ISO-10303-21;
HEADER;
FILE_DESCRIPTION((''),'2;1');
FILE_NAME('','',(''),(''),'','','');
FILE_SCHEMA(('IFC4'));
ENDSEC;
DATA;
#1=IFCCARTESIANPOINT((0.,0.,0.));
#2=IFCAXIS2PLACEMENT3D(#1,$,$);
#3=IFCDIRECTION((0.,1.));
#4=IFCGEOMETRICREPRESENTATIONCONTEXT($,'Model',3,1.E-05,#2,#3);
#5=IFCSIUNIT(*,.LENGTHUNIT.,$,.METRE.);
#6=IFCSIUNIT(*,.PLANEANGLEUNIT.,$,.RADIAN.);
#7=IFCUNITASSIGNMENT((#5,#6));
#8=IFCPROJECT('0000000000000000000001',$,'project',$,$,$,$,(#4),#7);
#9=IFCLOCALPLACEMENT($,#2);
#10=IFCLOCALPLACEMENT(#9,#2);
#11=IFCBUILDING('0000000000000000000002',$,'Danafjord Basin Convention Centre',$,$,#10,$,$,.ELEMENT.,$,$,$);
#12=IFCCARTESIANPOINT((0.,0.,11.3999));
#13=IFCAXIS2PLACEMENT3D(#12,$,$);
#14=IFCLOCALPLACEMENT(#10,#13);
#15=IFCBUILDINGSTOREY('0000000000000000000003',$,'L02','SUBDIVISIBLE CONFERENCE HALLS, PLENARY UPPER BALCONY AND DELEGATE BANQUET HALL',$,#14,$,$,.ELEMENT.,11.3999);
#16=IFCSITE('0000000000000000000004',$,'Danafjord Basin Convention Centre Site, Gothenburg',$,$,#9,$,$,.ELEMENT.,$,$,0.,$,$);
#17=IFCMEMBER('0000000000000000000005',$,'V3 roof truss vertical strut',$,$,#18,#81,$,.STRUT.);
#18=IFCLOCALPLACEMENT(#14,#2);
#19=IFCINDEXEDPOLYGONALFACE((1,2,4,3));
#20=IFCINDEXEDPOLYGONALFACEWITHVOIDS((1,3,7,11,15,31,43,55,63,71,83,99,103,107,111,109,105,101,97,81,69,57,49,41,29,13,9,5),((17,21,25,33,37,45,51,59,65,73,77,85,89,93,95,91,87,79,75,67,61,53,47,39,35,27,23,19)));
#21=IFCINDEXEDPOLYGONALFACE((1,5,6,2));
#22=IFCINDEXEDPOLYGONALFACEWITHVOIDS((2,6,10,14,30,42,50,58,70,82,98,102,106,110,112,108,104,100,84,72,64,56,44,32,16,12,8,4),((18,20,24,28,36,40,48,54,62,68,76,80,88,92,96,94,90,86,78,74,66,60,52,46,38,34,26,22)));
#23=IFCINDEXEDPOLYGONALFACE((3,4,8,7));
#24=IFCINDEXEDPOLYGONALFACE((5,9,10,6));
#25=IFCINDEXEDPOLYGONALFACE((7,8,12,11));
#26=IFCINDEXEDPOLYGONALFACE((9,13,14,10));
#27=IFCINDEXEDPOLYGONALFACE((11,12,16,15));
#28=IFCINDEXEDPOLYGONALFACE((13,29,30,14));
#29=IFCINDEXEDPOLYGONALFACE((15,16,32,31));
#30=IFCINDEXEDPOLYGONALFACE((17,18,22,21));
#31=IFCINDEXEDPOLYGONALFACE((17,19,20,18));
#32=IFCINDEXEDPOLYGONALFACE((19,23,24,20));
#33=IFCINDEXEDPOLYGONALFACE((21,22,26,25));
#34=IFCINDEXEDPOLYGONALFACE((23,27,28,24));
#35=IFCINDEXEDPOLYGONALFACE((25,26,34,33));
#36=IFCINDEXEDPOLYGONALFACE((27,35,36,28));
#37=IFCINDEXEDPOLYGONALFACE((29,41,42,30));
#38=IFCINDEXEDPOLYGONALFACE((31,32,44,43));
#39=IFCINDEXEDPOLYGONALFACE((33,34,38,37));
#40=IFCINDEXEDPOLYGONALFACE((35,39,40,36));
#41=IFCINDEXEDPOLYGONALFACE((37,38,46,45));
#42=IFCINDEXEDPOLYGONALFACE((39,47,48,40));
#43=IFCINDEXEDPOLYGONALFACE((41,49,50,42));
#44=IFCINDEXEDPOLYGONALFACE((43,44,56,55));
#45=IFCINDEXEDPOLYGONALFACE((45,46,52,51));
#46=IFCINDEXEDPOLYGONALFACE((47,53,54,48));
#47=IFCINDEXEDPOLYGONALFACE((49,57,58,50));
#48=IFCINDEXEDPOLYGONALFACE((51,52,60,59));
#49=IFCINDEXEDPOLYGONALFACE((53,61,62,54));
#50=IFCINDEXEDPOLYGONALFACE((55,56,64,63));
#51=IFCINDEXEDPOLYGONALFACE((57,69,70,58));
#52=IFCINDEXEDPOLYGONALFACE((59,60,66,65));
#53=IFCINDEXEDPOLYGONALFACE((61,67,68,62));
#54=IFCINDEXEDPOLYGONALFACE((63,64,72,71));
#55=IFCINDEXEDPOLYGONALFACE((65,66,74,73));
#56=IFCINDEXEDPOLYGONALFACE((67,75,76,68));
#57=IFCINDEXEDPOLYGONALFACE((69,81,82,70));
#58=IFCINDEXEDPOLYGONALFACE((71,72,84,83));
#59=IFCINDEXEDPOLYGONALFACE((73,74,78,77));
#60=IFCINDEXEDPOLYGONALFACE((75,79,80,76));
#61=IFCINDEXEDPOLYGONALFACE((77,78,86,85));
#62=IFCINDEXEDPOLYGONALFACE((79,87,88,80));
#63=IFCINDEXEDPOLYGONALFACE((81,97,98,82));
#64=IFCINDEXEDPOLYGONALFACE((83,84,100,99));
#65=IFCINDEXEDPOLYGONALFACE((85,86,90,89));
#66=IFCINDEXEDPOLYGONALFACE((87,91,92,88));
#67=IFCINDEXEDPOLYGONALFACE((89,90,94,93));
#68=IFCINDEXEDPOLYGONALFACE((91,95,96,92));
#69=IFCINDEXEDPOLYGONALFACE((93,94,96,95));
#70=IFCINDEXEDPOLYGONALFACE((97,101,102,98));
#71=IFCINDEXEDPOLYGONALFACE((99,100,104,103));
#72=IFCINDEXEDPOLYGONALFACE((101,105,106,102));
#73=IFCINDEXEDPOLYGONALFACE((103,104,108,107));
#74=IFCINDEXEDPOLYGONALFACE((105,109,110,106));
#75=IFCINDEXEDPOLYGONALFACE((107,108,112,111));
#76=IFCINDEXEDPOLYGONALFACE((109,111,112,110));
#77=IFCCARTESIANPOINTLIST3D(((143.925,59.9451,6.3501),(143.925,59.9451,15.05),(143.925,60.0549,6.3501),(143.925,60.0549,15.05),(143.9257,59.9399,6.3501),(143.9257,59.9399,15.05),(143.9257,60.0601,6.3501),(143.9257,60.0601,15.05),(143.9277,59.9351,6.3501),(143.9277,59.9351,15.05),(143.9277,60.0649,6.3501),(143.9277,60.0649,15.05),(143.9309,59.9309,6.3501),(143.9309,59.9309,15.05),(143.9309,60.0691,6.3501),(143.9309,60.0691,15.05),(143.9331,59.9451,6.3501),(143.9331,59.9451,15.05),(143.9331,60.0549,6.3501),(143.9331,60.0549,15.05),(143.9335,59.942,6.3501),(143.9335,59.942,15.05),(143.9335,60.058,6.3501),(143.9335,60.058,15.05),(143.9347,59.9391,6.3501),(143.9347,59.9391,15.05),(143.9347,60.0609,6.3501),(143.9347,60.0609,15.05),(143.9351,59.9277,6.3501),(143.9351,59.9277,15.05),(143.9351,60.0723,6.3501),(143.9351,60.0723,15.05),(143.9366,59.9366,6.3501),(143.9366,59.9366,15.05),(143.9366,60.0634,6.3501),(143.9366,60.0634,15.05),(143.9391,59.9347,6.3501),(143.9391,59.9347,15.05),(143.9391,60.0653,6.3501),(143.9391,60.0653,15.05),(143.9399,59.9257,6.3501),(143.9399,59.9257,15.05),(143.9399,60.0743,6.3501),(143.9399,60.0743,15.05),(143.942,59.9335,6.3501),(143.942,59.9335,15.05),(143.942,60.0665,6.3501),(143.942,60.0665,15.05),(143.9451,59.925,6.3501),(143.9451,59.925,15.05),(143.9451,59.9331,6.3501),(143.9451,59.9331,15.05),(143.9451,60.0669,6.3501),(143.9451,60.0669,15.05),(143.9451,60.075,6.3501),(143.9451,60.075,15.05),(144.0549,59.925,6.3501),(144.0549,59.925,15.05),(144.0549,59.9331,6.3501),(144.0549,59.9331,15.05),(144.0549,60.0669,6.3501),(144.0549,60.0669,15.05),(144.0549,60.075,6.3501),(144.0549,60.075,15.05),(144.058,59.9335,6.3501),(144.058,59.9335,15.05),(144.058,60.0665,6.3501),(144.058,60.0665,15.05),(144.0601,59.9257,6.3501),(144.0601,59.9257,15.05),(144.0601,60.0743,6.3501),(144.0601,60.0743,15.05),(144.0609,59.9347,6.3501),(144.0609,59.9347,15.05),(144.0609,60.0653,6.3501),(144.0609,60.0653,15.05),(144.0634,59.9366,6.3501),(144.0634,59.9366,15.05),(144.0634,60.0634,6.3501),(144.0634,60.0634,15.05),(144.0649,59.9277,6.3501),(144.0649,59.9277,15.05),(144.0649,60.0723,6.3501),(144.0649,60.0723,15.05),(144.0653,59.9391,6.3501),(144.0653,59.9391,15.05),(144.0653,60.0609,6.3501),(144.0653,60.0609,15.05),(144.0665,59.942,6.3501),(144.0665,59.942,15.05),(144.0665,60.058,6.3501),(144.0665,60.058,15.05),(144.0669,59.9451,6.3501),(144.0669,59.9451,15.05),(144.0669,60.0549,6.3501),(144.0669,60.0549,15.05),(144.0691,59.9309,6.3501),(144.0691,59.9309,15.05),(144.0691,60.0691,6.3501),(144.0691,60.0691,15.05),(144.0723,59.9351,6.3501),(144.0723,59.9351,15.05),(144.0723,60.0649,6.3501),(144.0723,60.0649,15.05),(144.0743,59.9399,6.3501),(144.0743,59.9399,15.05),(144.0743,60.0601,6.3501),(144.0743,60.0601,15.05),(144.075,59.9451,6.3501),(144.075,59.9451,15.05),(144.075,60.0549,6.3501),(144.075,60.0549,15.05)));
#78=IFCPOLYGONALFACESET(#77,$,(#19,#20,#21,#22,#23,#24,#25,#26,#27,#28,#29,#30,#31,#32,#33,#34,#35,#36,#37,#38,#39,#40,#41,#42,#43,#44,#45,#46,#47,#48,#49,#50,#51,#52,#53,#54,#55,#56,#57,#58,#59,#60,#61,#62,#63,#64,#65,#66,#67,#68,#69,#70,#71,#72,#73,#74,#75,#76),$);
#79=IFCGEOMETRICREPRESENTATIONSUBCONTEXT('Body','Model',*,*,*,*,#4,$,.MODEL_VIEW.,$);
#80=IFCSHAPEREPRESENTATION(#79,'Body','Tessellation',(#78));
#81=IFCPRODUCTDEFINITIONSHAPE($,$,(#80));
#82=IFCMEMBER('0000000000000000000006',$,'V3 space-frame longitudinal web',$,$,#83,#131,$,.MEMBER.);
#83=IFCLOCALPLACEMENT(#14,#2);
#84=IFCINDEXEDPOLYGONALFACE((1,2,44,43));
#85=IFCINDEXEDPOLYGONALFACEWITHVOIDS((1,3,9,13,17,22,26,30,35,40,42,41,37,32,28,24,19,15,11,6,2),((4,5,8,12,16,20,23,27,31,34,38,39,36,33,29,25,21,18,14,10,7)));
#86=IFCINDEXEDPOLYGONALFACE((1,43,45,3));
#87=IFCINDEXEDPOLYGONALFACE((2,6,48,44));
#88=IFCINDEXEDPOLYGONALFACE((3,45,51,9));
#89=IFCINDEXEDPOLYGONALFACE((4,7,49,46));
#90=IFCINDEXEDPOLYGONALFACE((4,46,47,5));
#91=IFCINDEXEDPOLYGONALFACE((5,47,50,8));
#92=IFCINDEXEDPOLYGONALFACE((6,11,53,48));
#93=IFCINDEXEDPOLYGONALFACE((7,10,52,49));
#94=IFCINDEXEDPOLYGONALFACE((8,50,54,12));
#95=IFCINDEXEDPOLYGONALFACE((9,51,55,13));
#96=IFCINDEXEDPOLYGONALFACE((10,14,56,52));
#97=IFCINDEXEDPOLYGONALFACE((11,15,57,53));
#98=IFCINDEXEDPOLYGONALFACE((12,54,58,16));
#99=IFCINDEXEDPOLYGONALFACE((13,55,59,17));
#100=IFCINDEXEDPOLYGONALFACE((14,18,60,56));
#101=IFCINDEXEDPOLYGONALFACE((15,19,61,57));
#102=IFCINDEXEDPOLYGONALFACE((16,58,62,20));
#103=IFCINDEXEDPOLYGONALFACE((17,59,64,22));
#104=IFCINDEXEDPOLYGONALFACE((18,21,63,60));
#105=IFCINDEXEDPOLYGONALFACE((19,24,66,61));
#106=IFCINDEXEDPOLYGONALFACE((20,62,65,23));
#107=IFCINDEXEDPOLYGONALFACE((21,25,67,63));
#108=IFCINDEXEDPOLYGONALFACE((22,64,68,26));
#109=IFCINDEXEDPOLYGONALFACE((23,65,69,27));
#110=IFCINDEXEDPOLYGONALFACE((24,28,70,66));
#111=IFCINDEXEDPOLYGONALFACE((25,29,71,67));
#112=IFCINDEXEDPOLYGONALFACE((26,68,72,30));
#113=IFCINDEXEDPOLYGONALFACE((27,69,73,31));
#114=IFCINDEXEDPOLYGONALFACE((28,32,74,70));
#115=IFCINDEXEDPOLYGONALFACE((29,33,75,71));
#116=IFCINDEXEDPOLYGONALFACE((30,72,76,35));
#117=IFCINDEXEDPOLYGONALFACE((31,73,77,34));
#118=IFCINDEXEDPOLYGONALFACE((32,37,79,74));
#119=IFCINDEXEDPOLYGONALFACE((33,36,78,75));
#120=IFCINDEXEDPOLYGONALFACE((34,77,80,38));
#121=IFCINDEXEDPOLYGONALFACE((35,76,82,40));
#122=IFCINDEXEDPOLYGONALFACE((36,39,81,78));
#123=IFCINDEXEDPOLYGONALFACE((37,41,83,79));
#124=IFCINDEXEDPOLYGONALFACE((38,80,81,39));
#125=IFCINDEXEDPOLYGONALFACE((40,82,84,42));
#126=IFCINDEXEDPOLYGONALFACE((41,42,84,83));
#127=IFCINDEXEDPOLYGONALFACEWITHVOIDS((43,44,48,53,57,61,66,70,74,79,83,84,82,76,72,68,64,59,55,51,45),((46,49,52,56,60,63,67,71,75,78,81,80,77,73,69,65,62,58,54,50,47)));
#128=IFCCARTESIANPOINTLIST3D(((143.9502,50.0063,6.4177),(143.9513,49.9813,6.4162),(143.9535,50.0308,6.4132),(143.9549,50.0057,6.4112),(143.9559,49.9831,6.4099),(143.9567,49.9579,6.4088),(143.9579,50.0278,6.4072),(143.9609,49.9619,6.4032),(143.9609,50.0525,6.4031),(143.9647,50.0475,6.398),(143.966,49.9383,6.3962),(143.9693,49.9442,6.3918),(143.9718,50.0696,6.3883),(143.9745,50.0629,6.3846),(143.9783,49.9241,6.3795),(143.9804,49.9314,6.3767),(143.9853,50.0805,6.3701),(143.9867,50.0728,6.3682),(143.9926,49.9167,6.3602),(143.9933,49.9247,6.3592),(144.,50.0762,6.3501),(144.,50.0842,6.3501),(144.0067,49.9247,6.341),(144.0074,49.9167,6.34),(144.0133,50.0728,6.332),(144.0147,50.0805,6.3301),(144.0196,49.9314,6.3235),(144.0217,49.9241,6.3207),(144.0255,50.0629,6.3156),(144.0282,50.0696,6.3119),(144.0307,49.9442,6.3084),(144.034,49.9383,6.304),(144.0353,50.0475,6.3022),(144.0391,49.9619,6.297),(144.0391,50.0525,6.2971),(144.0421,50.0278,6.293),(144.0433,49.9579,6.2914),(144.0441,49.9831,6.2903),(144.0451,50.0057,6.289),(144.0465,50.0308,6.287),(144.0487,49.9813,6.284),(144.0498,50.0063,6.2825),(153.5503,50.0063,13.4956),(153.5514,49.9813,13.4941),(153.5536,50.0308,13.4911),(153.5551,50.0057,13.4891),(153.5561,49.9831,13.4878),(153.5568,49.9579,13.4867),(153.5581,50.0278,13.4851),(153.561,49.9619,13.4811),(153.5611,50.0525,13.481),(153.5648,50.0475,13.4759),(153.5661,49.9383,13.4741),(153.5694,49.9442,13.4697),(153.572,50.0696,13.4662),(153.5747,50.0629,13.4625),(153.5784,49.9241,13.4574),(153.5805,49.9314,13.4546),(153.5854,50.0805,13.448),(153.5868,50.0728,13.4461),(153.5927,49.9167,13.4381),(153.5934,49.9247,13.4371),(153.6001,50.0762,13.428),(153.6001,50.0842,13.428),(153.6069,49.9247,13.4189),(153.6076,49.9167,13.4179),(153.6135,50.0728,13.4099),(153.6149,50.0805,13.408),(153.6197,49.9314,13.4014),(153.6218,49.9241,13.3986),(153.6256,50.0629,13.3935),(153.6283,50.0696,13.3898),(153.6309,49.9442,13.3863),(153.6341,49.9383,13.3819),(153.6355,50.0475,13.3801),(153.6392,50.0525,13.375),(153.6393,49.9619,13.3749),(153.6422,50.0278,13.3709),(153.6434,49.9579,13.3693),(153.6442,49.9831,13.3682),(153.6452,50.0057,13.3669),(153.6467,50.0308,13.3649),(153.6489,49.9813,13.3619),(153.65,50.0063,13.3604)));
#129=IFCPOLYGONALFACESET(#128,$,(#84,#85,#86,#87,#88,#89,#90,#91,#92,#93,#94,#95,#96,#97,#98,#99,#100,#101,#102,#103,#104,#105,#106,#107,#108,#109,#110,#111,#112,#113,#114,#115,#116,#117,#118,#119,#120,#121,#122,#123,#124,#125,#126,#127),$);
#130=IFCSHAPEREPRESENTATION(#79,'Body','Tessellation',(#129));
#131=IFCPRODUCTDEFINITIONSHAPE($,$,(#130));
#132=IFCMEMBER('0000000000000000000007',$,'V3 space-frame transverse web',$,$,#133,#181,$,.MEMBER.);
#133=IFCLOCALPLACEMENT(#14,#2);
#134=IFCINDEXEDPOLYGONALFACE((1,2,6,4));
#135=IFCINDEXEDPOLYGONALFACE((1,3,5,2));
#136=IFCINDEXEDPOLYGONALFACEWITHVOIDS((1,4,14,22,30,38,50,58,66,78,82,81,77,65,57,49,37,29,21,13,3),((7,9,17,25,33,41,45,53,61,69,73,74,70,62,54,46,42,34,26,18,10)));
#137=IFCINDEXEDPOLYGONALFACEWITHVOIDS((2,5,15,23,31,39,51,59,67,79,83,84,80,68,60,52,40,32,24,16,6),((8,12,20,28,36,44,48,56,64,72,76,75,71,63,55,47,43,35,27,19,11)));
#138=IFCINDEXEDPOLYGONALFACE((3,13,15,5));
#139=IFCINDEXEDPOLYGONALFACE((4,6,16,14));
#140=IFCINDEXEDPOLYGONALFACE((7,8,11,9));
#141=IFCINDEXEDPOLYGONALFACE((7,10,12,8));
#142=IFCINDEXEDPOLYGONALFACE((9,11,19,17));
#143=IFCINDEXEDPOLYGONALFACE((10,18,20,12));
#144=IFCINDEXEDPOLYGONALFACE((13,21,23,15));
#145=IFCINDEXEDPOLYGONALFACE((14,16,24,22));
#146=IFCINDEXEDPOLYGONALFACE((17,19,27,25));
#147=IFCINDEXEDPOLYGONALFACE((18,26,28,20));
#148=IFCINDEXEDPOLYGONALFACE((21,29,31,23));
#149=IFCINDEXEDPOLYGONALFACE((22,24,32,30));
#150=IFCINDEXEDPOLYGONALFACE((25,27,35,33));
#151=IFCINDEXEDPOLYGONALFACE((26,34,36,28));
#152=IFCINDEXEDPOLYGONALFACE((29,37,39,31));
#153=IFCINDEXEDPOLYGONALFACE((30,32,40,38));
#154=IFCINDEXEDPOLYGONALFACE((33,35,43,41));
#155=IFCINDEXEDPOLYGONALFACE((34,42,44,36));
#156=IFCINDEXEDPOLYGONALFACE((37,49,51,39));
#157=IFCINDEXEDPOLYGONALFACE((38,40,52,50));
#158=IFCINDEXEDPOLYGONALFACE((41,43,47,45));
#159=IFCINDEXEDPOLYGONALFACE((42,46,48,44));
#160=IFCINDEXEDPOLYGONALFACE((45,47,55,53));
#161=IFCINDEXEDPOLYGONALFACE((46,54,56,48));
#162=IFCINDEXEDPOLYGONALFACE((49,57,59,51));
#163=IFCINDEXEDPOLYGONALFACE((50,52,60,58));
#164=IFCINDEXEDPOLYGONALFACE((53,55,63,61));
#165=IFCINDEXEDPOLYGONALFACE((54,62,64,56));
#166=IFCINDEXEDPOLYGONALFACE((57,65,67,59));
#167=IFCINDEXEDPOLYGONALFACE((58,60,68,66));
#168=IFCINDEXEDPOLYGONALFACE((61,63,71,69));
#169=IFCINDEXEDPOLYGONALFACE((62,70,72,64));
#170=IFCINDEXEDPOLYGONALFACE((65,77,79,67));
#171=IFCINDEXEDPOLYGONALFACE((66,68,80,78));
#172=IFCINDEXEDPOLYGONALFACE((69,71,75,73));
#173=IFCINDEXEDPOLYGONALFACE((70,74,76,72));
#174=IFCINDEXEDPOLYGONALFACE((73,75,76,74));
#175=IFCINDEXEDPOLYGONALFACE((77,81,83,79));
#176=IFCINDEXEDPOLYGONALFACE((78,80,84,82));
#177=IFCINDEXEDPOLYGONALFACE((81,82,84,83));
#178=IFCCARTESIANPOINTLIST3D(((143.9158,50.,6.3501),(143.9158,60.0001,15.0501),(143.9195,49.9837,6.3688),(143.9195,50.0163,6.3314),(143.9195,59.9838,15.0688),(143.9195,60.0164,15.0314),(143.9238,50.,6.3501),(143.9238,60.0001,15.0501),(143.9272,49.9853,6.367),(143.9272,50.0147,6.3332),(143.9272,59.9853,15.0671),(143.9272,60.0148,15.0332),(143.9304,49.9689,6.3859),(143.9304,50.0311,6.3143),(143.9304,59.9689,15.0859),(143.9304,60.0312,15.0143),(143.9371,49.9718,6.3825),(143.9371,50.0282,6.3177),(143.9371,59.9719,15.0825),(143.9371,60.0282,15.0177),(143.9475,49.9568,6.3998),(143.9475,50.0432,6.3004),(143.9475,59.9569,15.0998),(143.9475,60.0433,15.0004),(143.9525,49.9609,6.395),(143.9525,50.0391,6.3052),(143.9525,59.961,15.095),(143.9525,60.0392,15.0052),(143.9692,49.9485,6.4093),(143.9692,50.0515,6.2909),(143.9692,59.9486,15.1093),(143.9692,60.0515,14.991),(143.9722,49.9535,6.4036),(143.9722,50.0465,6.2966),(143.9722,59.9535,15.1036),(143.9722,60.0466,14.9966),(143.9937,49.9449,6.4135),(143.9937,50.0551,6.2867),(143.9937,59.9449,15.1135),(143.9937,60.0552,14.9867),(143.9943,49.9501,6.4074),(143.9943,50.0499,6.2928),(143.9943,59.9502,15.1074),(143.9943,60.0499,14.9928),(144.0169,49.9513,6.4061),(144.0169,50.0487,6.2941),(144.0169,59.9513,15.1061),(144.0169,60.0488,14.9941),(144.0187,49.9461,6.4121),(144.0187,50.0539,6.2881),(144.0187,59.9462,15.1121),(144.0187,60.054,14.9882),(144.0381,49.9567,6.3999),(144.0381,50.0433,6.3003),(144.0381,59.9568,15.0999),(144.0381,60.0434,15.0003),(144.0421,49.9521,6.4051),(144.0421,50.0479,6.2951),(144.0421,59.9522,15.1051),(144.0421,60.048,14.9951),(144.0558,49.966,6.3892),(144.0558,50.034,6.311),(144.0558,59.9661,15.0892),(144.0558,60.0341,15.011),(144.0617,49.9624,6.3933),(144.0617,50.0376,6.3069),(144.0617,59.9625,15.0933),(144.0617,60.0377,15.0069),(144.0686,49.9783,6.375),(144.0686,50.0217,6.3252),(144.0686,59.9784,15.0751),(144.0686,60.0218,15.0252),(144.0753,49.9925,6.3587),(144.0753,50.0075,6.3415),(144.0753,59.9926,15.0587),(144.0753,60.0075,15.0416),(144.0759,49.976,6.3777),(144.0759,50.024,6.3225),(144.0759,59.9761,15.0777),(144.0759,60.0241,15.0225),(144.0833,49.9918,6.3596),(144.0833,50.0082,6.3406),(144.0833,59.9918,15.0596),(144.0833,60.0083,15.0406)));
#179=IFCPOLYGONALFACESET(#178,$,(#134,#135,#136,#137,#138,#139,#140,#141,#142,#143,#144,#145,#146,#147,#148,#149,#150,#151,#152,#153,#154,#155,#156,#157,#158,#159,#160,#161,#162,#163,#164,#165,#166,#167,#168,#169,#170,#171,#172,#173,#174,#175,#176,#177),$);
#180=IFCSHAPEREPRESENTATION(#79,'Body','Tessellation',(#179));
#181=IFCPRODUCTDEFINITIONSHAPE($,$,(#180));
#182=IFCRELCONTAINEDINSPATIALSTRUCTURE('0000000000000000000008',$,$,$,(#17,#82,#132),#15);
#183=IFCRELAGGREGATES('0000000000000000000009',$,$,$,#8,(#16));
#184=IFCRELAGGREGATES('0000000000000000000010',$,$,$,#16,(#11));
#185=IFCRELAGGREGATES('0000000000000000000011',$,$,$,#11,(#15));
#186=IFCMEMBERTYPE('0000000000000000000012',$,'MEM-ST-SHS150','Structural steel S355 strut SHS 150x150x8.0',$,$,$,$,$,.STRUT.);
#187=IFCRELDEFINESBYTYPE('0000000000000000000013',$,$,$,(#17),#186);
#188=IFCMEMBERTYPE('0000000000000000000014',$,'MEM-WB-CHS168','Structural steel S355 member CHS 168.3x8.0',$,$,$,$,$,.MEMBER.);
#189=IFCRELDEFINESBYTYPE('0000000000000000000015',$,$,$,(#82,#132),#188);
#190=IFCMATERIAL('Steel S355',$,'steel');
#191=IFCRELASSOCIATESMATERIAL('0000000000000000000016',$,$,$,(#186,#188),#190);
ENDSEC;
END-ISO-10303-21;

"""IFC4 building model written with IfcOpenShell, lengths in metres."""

from ifc_helpers import new_model, si_unit, direction, frame, origin, origin_2d, place, context, subcontext, project, spatial, hollow_rectangle, hollow_circle, extrude, material, material_profile, profile_set, type_object, element, save


model = new_model("IFC4")

# Units and contexts
model_context = context("Model", 3, precision=1e-05, world=origin(), true_north=direction((0.0, 1.0)))
body_context = subcontext(model_context, "Body", "Model", "MODEL_VIEW")
ifc_project = project(units=[si_unit("LENGTHUNIT", "METRE"), si_unit("PLANEANGLEUNIT", "RADIAN")], contexts=[model_context])

# Site, building, storey
site_placement = place(None, origin())
site = spatial("IfcSite", under=ifc_project, at=site_placement, Name="Danafjord Basin Convention Centre Site, Gothenburg", CompositionType="ELEMENT", RefElevation=0.0)
building_placement = place(site_placement, origin())
building = spatial("IfcBuilding", under=site, at=building_placement, Name="Danafjord Basin Convention Centre", CompositionType="ELEMENT")
storey_placement = place(building_placement, frame((0.0, 0.0, 11.3999)))
storey = spatial("IfcBuildingStorey", under=building, at=storey_placement, Name="L02", Description="SUBDIVISIBLE CONFERENCE HALLS, PLENARY UPPER BALCONY AND DELEGATE BANQUET HALL", CompositionType="ELEMENT", Elevation=11.3999)

# Shared definitions
ifc_material = material(Name="Steel S355", Category="steel")

# Members
ifc_material_profile_1 = material_profile(ifc_material, hollow_rectangle(XDim=0.1499, YDim=0.1499, WallThickness=0.0081, InnerFilletRadius=0.012, OuterFilletRadius=0.02, at=origin_2d()), Name="SHS 150x150x8.0")
ifc_profile_set_1 = profile_set([ifc_material_profile_1], Name="Steel S355")
member_type_1 = type_object("IfcMemberType", Name="MEM-ST-SHS150", Description="Structural steel S355 strut SHS 150x150x8.0", PredefinedType="STRUT", material=ifc_profile_set_1)
member_1_placement = place(storey_placement, frame((144.0, 60.0, 6.3501), z_axis=(0.0, 0.0, 1.0), x_axis=(1.0, 0.0, 0.0)))
element("IfcMember", 1, at=member_1_placement, inside=storey, type_object=member_type_1, Name="V3 roof truss vertical strut", PredefinedType="STRUT", context=body_context, shape_type="SweptSolid", body=[
    extrude(hollow_rectangle(XDim=0.1499, YDim=0.1499, WallThickness=0.0081, InnerFilletRadius=0.012, OuterFilletRadius=0.02, at=origin_2d()), origin(), (0.0, 0.0, 1.0), 8.7),
])
ifc_material_profile_2 = material_profile(ifc_material, hollow_circle(Radius=0.0842, WallThickness=0.0081, at=origin_2d()), Name="CHS 168.3x8.0")
ifc_profile_set_2 = profile_set([ifc_material_profile_2], Name="Steel S355")
member_type_2 = type_object("IfcMemberType", Name="MEM-WB-CHS168", Description="Structural steel S355 member CHS 168.3x8.0", PredefinedType="MEMBER", material=ifc_profile_set_2)
member_2_placement = place(storey_placement, frame((144.0, 50.0, 6.3501), z_axis=(0.804891, 0.0, 0.593423), x_axis=(0.0, 1.0, 0.0)))
element("IfcMember", 2, at=member_2_placement, inside=storey, type_object=member_type_2, Name="V3 space-frame longitudinal web", PredefinedType="MEMBER", context=body_context, shape_type="SweptSolid", body=[
    extrude(hollow_circle(Radius=0.0842, WallThickness=0.0081, at=origin_2d()), origin(), (0.0, 0.0, 1.0), 11.9272),
])
member_3_placement = place(storey_placement, frame((144.0, 50.0, 6.3501), z_axis=(0.0, 0.754445, 0.656363), x_axis=(-1.0, 0.0, 0.0)))
element("IfcMember", 3, at=member_3_placement, inside=storey, type_object=member_type_2, Name="V3 space-frame transverse web", PredefinedType="MEMBER", context=body_context, shape_type="SweptSolid", body=[
    extrude(hollow_circle(Radius=0.0842, WallThickness=0.0081, at=origin_2d()), origin(), (0.0, 0.0, 1.0), 13.2549),
])

save(model, "model.ifc")
